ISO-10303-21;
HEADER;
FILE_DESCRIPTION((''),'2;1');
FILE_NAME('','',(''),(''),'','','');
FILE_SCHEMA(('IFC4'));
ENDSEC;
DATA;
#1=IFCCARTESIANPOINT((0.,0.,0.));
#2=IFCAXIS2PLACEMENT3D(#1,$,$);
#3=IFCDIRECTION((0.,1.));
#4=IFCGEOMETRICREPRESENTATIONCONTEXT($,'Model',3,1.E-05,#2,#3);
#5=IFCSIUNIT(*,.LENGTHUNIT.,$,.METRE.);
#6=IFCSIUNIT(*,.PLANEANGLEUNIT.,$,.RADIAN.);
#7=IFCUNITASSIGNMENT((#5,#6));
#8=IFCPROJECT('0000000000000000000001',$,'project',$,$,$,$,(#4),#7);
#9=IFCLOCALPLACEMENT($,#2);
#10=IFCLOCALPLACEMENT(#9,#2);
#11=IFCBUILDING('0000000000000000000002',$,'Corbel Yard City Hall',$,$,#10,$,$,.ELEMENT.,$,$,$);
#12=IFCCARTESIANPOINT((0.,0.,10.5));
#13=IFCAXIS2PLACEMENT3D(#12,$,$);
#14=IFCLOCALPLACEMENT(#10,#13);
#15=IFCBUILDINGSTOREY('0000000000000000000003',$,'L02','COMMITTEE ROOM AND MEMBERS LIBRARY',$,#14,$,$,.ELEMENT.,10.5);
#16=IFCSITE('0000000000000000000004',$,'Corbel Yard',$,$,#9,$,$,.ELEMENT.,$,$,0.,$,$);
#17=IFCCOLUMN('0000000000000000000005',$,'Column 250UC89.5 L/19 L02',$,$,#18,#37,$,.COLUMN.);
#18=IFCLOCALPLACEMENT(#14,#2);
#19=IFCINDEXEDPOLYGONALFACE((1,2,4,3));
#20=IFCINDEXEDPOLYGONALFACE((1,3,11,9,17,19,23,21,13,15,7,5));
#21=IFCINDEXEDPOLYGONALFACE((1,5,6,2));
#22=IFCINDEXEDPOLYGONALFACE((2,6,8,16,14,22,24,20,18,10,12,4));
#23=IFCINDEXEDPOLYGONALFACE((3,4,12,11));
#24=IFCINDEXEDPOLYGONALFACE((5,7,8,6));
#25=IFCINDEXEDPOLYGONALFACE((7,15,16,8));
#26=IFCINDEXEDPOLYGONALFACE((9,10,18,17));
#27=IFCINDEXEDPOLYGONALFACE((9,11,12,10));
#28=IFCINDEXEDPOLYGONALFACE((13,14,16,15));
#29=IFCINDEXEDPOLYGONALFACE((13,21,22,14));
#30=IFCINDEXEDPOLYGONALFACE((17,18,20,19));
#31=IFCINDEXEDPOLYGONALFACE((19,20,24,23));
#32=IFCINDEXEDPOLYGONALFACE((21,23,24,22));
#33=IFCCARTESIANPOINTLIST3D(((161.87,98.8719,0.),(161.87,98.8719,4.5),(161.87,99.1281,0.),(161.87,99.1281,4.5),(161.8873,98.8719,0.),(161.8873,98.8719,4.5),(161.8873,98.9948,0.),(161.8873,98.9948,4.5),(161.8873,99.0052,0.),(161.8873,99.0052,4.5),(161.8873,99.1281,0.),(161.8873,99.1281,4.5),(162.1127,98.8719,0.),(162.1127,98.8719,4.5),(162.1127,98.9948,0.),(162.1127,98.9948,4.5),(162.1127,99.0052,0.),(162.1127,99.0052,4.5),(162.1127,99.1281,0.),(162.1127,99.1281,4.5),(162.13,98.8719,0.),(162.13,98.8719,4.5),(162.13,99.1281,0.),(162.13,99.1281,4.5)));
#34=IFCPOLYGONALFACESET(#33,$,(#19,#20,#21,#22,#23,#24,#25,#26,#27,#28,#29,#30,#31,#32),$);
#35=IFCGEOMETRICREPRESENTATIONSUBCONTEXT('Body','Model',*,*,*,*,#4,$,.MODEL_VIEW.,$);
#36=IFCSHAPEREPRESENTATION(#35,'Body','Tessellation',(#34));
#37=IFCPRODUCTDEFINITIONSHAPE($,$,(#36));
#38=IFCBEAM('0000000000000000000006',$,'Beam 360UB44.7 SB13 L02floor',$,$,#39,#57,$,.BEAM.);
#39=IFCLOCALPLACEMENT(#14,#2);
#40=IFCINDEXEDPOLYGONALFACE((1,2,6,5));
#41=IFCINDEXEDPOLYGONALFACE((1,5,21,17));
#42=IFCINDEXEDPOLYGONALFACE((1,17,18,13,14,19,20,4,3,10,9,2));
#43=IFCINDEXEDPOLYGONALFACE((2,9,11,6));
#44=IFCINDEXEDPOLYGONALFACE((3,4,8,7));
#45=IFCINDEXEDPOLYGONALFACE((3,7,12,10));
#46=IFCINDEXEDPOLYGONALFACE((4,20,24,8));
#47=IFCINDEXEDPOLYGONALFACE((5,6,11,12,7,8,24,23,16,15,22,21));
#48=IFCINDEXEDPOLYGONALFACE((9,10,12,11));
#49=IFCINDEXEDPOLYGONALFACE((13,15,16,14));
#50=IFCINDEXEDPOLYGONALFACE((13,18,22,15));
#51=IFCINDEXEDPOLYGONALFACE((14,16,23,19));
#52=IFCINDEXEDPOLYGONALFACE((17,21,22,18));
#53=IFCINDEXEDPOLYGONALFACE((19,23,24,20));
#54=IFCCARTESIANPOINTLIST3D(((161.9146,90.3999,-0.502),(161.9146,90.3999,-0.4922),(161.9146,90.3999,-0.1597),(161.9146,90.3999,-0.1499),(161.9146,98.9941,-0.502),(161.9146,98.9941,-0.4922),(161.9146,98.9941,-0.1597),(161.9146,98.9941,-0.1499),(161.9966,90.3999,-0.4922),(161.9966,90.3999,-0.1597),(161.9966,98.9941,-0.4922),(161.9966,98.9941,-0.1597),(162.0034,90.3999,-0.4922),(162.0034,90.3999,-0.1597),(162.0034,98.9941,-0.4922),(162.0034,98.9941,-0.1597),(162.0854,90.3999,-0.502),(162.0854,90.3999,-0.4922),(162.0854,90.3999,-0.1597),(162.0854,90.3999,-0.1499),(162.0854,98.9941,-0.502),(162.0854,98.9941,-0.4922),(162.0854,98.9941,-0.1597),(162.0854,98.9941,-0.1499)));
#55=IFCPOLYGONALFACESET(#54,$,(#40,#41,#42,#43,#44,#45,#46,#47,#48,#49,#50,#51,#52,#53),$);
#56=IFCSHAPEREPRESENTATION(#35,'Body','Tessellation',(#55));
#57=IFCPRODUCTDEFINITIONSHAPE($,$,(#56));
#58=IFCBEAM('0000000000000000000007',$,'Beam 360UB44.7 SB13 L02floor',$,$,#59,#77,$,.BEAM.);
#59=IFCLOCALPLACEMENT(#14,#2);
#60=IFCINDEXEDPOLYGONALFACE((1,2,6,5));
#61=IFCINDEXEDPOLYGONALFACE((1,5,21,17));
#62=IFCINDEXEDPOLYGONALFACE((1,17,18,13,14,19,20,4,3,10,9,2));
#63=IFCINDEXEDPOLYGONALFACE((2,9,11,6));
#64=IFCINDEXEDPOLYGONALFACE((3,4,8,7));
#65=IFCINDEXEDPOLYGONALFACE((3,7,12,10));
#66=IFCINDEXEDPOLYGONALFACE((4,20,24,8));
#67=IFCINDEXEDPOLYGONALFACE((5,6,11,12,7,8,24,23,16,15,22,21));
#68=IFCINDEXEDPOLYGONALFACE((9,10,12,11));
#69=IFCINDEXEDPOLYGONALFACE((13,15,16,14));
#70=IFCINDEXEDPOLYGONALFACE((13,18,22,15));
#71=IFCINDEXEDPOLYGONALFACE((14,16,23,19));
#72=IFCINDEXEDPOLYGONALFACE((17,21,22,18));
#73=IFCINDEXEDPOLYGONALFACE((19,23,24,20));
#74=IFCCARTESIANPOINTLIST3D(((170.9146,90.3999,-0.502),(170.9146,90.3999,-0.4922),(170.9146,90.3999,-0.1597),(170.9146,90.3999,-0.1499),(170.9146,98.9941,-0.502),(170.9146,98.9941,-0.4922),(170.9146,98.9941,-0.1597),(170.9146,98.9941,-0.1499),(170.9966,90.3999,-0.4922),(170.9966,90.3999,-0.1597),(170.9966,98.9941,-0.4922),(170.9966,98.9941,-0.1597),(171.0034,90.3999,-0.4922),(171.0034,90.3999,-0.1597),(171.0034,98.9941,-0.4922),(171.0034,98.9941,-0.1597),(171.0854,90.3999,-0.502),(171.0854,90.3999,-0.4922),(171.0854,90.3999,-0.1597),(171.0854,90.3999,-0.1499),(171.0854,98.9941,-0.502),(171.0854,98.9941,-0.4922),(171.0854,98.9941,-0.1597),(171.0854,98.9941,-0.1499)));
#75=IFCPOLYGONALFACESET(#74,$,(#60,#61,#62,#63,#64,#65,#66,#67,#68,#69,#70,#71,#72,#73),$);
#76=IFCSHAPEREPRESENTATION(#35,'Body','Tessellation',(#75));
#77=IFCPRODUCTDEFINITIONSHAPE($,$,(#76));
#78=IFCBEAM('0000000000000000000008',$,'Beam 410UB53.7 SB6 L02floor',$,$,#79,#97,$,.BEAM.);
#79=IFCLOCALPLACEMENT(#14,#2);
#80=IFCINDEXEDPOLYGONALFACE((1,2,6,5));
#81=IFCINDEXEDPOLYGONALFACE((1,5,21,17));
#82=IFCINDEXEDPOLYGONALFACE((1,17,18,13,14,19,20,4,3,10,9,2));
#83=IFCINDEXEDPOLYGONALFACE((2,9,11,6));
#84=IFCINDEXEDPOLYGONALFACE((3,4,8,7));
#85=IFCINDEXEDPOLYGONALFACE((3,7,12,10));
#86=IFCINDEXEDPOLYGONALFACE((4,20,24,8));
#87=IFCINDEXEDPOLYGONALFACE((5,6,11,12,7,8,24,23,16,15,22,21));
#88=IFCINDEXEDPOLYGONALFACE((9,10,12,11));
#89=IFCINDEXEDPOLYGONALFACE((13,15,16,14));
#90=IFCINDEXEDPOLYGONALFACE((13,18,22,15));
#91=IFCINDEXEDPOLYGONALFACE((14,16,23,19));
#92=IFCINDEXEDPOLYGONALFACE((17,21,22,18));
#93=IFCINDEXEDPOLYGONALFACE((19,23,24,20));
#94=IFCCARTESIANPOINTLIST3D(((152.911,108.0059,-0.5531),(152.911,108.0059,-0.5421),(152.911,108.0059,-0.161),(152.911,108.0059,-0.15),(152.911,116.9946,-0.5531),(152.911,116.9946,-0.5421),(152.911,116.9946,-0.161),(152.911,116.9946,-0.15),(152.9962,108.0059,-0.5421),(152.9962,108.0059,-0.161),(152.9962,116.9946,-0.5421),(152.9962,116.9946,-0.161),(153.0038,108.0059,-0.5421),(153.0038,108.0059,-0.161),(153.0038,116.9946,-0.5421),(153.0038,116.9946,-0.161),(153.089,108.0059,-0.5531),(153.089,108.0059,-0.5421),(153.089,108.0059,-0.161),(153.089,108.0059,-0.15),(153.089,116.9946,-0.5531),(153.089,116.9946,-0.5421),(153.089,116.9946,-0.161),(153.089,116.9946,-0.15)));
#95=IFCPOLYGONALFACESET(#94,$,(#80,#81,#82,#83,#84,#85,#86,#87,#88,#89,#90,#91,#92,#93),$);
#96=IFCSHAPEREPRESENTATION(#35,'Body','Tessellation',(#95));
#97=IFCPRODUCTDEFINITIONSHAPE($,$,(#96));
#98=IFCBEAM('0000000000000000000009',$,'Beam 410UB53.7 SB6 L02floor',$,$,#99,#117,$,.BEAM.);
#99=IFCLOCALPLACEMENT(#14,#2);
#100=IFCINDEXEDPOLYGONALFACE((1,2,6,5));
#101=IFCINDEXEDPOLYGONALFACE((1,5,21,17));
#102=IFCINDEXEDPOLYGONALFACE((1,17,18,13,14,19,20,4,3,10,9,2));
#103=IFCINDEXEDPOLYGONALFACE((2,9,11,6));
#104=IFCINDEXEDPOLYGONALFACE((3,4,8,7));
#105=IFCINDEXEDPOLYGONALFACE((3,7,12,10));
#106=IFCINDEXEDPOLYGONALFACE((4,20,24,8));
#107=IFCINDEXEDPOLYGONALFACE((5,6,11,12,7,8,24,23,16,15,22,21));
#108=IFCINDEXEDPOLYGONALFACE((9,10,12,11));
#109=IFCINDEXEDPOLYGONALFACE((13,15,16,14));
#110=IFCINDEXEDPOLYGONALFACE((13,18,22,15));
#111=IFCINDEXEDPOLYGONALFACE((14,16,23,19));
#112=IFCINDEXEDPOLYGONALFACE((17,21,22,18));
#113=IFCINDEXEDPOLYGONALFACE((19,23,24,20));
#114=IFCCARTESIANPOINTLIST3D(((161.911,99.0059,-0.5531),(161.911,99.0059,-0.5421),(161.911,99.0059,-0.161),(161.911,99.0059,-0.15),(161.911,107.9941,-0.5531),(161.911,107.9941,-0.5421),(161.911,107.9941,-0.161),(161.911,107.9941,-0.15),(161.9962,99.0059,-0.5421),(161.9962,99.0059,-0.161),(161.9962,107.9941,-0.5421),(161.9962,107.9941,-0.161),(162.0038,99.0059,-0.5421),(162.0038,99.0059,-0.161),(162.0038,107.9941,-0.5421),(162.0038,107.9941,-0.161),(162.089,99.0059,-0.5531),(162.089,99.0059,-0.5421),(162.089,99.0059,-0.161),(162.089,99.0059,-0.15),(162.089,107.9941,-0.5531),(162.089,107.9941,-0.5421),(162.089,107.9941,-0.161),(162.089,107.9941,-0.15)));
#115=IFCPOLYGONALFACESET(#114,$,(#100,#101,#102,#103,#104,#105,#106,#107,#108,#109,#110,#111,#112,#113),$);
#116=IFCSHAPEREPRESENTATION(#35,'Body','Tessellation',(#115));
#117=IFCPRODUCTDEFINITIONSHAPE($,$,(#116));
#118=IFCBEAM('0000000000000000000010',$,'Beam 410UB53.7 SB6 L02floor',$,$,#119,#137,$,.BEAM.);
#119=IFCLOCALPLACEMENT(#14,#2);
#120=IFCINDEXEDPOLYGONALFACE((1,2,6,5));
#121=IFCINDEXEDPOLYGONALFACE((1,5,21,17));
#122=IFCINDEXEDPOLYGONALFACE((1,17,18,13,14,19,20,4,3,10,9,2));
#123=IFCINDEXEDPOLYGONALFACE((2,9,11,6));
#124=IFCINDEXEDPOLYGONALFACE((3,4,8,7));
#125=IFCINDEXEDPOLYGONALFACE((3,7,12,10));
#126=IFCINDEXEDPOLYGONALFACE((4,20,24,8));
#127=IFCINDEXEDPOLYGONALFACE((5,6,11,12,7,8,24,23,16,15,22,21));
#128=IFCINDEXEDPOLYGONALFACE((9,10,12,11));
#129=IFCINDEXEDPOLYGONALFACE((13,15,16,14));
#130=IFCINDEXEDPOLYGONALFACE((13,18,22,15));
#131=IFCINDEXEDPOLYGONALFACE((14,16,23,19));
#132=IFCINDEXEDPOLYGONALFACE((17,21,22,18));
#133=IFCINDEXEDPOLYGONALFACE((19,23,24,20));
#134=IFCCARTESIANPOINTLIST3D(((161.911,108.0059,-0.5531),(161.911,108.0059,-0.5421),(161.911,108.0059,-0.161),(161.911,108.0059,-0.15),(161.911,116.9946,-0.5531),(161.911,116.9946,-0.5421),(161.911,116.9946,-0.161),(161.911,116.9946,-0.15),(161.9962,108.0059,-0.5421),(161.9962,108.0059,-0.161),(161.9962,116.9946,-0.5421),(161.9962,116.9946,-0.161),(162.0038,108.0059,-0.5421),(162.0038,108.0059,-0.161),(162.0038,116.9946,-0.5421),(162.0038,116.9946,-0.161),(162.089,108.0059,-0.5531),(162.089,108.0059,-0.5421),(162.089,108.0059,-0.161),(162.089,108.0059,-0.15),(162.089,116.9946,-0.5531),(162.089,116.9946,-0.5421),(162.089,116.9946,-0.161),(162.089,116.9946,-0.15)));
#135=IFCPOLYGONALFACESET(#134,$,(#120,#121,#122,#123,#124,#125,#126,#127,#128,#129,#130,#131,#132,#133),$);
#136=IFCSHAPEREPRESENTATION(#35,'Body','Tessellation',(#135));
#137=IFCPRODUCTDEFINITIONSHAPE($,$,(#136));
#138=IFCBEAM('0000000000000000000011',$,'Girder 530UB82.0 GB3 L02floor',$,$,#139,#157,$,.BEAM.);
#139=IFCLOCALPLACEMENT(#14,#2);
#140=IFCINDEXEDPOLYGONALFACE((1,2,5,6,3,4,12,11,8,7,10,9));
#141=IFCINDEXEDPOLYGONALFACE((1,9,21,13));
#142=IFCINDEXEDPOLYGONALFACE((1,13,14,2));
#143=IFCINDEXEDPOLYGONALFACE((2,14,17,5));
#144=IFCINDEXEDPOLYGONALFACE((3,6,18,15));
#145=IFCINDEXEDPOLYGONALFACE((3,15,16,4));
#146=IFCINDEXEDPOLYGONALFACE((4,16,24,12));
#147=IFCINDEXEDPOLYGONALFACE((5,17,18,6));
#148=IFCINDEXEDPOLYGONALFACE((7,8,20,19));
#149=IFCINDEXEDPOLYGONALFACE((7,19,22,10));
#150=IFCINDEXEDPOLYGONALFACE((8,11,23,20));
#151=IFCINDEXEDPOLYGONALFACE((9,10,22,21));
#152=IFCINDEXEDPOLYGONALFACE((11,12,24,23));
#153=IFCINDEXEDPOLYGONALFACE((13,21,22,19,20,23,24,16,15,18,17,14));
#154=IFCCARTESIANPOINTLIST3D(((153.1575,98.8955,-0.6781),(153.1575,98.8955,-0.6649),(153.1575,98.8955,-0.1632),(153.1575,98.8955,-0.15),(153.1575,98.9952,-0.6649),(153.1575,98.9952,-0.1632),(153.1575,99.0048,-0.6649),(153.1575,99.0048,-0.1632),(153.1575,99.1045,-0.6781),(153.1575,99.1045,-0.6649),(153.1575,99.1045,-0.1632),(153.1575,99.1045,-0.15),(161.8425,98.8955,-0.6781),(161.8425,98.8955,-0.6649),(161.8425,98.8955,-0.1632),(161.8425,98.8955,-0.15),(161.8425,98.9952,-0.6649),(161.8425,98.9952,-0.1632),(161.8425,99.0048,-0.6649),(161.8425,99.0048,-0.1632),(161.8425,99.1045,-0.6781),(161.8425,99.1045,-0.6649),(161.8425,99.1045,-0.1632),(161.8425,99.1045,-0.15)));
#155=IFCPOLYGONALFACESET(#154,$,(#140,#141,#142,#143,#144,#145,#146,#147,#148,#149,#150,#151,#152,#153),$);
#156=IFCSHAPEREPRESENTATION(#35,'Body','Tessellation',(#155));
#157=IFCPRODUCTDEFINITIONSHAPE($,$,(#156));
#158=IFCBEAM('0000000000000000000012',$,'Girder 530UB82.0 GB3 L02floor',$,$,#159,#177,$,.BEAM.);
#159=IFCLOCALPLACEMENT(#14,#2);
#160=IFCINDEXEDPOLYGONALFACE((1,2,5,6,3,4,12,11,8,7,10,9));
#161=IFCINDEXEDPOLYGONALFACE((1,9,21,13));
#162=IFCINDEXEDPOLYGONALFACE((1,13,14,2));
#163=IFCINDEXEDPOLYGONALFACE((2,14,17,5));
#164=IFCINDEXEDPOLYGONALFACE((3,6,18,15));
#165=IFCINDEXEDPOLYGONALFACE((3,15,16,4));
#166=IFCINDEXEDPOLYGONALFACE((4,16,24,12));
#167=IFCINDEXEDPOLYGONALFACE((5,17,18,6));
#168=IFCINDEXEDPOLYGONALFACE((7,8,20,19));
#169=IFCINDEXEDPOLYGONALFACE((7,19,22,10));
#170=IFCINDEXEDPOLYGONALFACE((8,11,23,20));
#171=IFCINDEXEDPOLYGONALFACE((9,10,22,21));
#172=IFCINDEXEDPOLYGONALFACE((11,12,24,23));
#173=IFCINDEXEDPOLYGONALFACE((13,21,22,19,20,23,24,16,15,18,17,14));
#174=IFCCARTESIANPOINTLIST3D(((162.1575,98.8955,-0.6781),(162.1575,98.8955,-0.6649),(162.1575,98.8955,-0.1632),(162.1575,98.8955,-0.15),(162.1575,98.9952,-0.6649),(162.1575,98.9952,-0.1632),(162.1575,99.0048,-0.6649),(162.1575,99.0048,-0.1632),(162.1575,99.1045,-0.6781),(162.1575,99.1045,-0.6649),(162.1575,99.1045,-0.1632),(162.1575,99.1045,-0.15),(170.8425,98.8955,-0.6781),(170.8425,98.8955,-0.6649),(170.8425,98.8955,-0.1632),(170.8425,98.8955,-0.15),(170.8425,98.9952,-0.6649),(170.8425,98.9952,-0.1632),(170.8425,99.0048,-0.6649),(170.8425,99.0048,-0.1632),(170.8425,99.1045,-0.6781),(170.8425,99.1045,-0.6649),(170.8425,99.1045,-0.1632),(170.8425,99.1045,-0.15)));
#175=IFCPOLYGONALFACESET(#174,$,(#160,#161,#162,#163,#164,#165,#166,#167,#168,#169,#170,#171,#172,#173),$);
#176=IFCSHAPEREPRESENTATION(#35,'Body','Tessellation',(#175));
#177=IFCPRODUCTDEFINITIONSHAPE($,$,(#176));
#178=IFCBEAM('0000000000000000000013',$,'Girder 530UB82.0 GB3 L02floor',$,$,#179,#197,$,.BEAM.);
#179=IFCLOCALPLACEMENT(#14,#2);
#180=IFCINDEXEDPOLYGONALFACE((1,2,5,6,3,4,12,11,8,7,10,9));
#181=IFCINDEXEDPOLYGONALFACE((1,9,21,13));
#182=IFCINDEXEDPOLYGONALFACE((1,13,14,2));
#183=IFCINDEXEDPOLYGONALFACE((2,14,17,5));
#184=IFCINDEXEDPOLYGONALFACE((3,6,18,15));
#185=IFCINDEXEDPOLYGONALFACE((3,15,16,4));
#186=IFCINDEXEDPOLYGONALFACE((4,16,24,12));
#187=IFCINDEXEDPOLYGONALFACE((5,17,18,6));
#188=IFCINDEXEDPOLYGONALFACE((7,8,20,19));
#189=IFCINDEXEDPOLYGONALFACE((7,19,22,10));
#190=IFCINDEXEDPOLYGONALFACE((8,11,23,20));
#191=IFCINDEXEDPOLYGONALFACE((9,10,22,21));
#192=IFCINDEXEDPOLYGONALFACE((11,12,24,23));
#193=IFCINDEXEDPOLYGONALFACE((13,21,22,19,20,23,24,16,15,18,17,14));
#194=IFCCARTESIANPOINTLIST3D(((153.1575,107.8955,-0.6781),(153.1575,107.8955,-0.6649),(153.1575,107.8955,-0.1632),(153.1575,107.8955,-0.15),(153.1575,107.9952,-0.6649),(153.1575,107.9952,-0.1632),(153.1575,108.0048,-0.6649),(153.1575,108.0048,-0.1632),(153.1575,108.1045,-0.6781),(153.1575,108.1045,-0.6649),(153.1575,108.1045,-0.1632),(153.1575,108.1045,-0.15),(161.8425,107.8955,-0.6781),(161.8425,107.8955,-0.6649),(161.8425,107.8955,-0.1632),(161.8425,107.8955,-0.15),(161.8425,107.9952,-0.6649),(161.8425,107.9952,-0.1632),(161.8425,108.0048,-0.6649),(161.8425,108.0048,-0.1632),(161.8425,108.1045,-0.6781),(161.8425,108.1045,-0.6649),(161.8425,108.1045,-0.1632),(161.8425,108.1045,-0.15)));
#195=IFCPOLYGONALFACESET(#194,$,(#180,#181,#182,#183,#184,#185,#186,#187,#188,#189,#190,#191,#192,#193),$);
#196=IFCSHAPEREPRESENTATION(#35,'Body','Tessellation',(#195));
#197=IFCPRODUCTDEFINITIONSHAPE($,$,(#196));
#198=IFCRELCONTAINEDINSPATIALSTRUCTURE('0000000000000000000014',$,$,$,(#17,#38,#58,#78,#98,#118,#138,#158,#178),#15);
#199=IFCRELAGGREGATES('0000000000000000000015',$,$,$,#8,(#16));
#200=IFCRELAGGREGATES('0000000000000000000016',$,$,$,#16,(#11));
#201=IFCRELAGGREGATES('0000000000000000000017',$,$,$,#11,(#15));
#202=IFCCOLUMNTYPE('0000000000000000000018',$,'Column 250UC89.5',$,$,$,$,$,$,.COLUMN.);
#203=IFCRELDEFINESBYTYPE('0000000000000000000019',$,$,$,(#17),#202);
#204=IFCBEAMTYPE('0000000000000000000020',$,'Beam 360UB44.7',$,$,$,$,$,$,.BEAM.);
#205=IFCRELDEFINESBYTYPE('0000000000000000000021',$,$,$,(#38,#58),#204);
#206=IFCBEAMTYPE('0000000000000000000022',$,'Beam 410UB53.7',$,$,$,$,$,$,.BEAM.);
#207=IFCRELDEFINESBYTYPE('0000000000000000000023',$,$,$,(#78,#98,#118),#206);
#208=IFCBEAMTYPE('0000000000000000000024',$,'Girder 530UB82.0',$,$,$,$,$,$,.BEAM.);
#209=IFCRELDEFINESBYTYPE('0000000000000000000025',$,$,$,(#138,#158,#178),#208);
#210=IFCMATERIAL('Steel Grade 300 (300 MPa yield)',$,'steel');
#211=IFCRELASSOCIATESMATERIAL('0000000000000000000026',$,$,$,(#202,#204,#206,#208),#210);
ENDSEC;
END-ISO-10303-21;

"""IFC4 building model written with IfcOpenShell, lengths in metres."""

from ifc_helpers import new_model, si_unit, direction, frame, origin, origin_2d, place, context, subcontext, project, spatial, i_section, extrude, material, material_profile, profile_set, type_object, element, save


model = new_model("IFC4")

# Units and contexts
model_context = context("Model", 3, precision=1e-05, world=origin(), true_north=direction((0.0, 1.0)))
body_context = subcontext(model_context, "Body", "Model", "MODEL_VIEW")
ifc_project = project(units=[si_unit("LENGTHUNIT", "METRE"), si_unit("PLANEANGLEUNIT", "RADIAN")], contexts=[model_context])

# Site, building, storey
site_placement = place(None, origin())
site = spatial("IfcSite", under=ifc_project, at=site_placement, Name="Corbel Yard", CompositionType="ELEMENT", RefElevation=0.0)
building_placement = place(site_placement, origin())
building = spatial("IfcBuilding", under=site, at=building_placement, Name="Corbel Yard City Hall", CompositionType="ELEMENT")
storey_placement = place(building_placement, frame((0.0, 0.0, 10.5)))
storey = spatial("IfcBuildingStorey", under=building, at=storey_placement, Name="L02", Description="COMMITTEE ROOM AND MEMBERS LIBRARY", CompositionType="ELEMENT", Elevation=10.5)

# Column
ifc_material_1 = material(Name="Steel Grade 300 (300 MPa yield)", Category="steel")
ifc_material_profile_1 = material_profile(ifc_material_1, i_section(OverallWidth=0.2561, OverallDepth=0.26, WebThickness=0.0105, FlangeThickness=0.0173, at=origin_2d()), Name="250UC89.5")
ifc_profile_set_1 = profile_set([ifc_material_profile_1], Name="Steel Grade 300 (300 MPa yield)")
column_type = type_object("IfcColumnType", Name="Column 250UC89.5", PredefinedType="COLUMN", material=ifc_profile_set_1)
column_placement = place(storey_placement, frame((162.0, 99.0, 0.0), z_axis=(0.0, 0.0, 1.0), x_axis=(0.0, 1.0, 0.0)))
element("IfcColumn", 1, at=column_placement, inside=storey, type_object=column_type, Name="Column 250UC89.5 L/19 L02", PredefinedType="COLUMN", context=body_context, shape_type="SweptSolid", body=[
    extrude(i_section(OverallWidth=0.2561, OverallDepth=0.26, WebThickness=0.0105, FlangeThickness=0.0173, at=origin_2d()), origin(), (0.0, 0.0, 1.0), 4.5),
])

# Beams
ifc_material_profile_2 = material_profile(ifc_material_1, i_section(OverallWidth=0.1709, OverallDepth=0.3521, WebThickness=0.0068, FlangeThickness=0.0098, at=origin_2d()), Name="360UB44.7")
ifc_profile_set_2 = profile_set([ifc_material_profile_2], Name="Steel Grade 300 (300 MPa yield)")
beam_type_1 = type_object("IfcBeamType", Name="Beam 360UB44.7", PredefinedType="BEAM", material=ifc_profile_set_2)
for number, where, z_axis, x_axis, name in (
    (2, (162.0, 90.3999, -0.3259), (0.0, 1.0, 0.0), (-1.0, 0.0, 0.0), "Beam 360UB44.7 SB13 L02floor"),
    (3, (171.0, 90.3999, -0.3259), (0.0, 1.0, 0.0), (-1.0, 0.0, 0.0), "Beam 360UB44.7 SB13 L02floor"),
):
    element("IfcBeam", number, at=place(storey_placement, frame(where, z_axis=z_axis, x_axis=x_axis)), inside=storey, type_object=beam_type_1, Name=name, PredefinedType="BEAM", context=body_context, shape_type="SweptSolid", body=[
        extrude(i_section(OverallWidth=0.1709, OverallDepth=0.3521, WebThickness=0.0068, FlangeThickness=0.0098, at=origin_2d()), origin(), (0.0, 0.0, 1.0), 8.5942),
    ])
ifc_material_profile_3 = material_profile(ifc_material_1, i_section(OverallWidth=0.178, OverallDepth=0.4031, WebThickness=0.0076, FlangeThickness=0.011, at=origin_2d()), Name="410UB53.7")
ifc_profile_set_3 = profile_set([ifc_material_profile_3], Name="Steel Grade 300 (300 MPa yield)")
beam_type_2 = type_object("IfcBeamType", Name="Beam 410UB53.7", PredefinedType="BEAM", material=ifc_profile_set_3)
beam_1_placement = place(storey_placement, frame((153.0, 108.0059, -0.3516), z_axis=(0.0, 1.0, 0.0), x_axis=(-1.0, 0.0, 0.0)))
element("IfcBeam", 4, at=beam_1_placement, inside=storey, type_object=beam_type_2, Name="Beam 410UB53.7 SB6 L02floor", PredefinedType="BEAM", context=body_context, shape_type="SweptSolid", body=[
    extrude(i_section(OverallWidth=0.178, OverallDepth=0.4031, WebThickness=0.0076, FlangeThickness=0.011, at=origin_2d()), origin(), (0.0, 0.0, 1.0), 8.9888),
])
beam_2_placement = place(storey_placement, frame((162.0, 99.0059, -0.3516), z_axis=(0.0, 1.0, 0.0), x_axis=(-1.0, 0.0, 0.0)))
element("IfcBeam", 5, at=beam_2_placement, inside=storey, type_object=beam_type_2, Name="Beam 410UB53.7 SB6 L02floor", PredefinedType="BEAM", context=body_context, shape_type="SweptSolid", body=[
    extrude(i_section(OverallWidth=0.178, OverallDepth=0.4031, WebThickness=0.0076, FlangeThickness=0.011, at=origin_2d()), origin(), (0.0, 0.0, 1.0), 8.9883),
])
beam_3_placement = place(storey_placement, frame((162.0, 108.0059, -0.3516), z_axis=(0.0, 1.0, 0.0), x_axis=(-1.0, 0.0, 0.0)))
element("IfcBeam", 6, at=beam_3_placement, inside=storey, type_object=beam_type_2, Name="Beam 410UB53.7 SB6 L02floor", PredefinedType="BEAM", context=body_context, shape_type="SweptSolid", body=[
    extrude(i_section(OverallWidth=0.178, OverallDepth=0.4031, WebThickness=0.0076, FlangeThickness=0.011, at=origin_2d()), origin(), (0.0, 0.0, 1.0), 8.9888),
])
ifc_material_profile_4 = material_profile(ifc_material_1, i_section(OverallWidth=0.209, OverallDepth=0.5281, WebThickness=0.0095, FlangeThickness=0.0132, at=origin_2d()), Name="530UB82.0")
ifc_profile_set_4 = profile_set([ifc_material_profile_4], Name="Steel Grade 300 (300 MPa yield)")
beam_type_3 = type_object("IfcBeamType", Name="Girder 530UB82.0", PredefinedType="BEAM", material=ifc_profile_set_4)
for number, where, z_axis, x_axis, name in (
    (7, (153.1575, 99.0, -0.4141), (1.0, 0.0, 0.0), (0.0, 1.0, 0.0), "Girder 530UB82.0 GB3 L02floor"),
    (8, (162.1575, 99.0, -0.4141), (1.0, 0.0, 0.0), (0.0, 1.0, 0.0), "Girder 530UB82.0 GB3 L02floor"),
    (9, (153.1575, 108.0, -0.4141), (1.0, 0.0, 0.0), (0.0, 1.0, 0.0), "Girder 530UB82.0 GB3 L02floor"),
):
    element("IfcBeam", number, at=place(storey_placement, frame(where, z_axis=z_axis, x_axis=x_axis)), inside=storey, type_object=beam_type_3, Name=name, PredefinedType="BEAM", context=body_context, shape_type="SweptSolid", body=[
        extrude(i_section(OverallWidth=0.209, OverallDepth=0.5281, WebThickness=0.0095, FlangeThickness=0.0132, at=origin_2d()), origin(), (0.0, 0.0, 1.0), 8.6851),
    ])

save(model, "model.ifc")
